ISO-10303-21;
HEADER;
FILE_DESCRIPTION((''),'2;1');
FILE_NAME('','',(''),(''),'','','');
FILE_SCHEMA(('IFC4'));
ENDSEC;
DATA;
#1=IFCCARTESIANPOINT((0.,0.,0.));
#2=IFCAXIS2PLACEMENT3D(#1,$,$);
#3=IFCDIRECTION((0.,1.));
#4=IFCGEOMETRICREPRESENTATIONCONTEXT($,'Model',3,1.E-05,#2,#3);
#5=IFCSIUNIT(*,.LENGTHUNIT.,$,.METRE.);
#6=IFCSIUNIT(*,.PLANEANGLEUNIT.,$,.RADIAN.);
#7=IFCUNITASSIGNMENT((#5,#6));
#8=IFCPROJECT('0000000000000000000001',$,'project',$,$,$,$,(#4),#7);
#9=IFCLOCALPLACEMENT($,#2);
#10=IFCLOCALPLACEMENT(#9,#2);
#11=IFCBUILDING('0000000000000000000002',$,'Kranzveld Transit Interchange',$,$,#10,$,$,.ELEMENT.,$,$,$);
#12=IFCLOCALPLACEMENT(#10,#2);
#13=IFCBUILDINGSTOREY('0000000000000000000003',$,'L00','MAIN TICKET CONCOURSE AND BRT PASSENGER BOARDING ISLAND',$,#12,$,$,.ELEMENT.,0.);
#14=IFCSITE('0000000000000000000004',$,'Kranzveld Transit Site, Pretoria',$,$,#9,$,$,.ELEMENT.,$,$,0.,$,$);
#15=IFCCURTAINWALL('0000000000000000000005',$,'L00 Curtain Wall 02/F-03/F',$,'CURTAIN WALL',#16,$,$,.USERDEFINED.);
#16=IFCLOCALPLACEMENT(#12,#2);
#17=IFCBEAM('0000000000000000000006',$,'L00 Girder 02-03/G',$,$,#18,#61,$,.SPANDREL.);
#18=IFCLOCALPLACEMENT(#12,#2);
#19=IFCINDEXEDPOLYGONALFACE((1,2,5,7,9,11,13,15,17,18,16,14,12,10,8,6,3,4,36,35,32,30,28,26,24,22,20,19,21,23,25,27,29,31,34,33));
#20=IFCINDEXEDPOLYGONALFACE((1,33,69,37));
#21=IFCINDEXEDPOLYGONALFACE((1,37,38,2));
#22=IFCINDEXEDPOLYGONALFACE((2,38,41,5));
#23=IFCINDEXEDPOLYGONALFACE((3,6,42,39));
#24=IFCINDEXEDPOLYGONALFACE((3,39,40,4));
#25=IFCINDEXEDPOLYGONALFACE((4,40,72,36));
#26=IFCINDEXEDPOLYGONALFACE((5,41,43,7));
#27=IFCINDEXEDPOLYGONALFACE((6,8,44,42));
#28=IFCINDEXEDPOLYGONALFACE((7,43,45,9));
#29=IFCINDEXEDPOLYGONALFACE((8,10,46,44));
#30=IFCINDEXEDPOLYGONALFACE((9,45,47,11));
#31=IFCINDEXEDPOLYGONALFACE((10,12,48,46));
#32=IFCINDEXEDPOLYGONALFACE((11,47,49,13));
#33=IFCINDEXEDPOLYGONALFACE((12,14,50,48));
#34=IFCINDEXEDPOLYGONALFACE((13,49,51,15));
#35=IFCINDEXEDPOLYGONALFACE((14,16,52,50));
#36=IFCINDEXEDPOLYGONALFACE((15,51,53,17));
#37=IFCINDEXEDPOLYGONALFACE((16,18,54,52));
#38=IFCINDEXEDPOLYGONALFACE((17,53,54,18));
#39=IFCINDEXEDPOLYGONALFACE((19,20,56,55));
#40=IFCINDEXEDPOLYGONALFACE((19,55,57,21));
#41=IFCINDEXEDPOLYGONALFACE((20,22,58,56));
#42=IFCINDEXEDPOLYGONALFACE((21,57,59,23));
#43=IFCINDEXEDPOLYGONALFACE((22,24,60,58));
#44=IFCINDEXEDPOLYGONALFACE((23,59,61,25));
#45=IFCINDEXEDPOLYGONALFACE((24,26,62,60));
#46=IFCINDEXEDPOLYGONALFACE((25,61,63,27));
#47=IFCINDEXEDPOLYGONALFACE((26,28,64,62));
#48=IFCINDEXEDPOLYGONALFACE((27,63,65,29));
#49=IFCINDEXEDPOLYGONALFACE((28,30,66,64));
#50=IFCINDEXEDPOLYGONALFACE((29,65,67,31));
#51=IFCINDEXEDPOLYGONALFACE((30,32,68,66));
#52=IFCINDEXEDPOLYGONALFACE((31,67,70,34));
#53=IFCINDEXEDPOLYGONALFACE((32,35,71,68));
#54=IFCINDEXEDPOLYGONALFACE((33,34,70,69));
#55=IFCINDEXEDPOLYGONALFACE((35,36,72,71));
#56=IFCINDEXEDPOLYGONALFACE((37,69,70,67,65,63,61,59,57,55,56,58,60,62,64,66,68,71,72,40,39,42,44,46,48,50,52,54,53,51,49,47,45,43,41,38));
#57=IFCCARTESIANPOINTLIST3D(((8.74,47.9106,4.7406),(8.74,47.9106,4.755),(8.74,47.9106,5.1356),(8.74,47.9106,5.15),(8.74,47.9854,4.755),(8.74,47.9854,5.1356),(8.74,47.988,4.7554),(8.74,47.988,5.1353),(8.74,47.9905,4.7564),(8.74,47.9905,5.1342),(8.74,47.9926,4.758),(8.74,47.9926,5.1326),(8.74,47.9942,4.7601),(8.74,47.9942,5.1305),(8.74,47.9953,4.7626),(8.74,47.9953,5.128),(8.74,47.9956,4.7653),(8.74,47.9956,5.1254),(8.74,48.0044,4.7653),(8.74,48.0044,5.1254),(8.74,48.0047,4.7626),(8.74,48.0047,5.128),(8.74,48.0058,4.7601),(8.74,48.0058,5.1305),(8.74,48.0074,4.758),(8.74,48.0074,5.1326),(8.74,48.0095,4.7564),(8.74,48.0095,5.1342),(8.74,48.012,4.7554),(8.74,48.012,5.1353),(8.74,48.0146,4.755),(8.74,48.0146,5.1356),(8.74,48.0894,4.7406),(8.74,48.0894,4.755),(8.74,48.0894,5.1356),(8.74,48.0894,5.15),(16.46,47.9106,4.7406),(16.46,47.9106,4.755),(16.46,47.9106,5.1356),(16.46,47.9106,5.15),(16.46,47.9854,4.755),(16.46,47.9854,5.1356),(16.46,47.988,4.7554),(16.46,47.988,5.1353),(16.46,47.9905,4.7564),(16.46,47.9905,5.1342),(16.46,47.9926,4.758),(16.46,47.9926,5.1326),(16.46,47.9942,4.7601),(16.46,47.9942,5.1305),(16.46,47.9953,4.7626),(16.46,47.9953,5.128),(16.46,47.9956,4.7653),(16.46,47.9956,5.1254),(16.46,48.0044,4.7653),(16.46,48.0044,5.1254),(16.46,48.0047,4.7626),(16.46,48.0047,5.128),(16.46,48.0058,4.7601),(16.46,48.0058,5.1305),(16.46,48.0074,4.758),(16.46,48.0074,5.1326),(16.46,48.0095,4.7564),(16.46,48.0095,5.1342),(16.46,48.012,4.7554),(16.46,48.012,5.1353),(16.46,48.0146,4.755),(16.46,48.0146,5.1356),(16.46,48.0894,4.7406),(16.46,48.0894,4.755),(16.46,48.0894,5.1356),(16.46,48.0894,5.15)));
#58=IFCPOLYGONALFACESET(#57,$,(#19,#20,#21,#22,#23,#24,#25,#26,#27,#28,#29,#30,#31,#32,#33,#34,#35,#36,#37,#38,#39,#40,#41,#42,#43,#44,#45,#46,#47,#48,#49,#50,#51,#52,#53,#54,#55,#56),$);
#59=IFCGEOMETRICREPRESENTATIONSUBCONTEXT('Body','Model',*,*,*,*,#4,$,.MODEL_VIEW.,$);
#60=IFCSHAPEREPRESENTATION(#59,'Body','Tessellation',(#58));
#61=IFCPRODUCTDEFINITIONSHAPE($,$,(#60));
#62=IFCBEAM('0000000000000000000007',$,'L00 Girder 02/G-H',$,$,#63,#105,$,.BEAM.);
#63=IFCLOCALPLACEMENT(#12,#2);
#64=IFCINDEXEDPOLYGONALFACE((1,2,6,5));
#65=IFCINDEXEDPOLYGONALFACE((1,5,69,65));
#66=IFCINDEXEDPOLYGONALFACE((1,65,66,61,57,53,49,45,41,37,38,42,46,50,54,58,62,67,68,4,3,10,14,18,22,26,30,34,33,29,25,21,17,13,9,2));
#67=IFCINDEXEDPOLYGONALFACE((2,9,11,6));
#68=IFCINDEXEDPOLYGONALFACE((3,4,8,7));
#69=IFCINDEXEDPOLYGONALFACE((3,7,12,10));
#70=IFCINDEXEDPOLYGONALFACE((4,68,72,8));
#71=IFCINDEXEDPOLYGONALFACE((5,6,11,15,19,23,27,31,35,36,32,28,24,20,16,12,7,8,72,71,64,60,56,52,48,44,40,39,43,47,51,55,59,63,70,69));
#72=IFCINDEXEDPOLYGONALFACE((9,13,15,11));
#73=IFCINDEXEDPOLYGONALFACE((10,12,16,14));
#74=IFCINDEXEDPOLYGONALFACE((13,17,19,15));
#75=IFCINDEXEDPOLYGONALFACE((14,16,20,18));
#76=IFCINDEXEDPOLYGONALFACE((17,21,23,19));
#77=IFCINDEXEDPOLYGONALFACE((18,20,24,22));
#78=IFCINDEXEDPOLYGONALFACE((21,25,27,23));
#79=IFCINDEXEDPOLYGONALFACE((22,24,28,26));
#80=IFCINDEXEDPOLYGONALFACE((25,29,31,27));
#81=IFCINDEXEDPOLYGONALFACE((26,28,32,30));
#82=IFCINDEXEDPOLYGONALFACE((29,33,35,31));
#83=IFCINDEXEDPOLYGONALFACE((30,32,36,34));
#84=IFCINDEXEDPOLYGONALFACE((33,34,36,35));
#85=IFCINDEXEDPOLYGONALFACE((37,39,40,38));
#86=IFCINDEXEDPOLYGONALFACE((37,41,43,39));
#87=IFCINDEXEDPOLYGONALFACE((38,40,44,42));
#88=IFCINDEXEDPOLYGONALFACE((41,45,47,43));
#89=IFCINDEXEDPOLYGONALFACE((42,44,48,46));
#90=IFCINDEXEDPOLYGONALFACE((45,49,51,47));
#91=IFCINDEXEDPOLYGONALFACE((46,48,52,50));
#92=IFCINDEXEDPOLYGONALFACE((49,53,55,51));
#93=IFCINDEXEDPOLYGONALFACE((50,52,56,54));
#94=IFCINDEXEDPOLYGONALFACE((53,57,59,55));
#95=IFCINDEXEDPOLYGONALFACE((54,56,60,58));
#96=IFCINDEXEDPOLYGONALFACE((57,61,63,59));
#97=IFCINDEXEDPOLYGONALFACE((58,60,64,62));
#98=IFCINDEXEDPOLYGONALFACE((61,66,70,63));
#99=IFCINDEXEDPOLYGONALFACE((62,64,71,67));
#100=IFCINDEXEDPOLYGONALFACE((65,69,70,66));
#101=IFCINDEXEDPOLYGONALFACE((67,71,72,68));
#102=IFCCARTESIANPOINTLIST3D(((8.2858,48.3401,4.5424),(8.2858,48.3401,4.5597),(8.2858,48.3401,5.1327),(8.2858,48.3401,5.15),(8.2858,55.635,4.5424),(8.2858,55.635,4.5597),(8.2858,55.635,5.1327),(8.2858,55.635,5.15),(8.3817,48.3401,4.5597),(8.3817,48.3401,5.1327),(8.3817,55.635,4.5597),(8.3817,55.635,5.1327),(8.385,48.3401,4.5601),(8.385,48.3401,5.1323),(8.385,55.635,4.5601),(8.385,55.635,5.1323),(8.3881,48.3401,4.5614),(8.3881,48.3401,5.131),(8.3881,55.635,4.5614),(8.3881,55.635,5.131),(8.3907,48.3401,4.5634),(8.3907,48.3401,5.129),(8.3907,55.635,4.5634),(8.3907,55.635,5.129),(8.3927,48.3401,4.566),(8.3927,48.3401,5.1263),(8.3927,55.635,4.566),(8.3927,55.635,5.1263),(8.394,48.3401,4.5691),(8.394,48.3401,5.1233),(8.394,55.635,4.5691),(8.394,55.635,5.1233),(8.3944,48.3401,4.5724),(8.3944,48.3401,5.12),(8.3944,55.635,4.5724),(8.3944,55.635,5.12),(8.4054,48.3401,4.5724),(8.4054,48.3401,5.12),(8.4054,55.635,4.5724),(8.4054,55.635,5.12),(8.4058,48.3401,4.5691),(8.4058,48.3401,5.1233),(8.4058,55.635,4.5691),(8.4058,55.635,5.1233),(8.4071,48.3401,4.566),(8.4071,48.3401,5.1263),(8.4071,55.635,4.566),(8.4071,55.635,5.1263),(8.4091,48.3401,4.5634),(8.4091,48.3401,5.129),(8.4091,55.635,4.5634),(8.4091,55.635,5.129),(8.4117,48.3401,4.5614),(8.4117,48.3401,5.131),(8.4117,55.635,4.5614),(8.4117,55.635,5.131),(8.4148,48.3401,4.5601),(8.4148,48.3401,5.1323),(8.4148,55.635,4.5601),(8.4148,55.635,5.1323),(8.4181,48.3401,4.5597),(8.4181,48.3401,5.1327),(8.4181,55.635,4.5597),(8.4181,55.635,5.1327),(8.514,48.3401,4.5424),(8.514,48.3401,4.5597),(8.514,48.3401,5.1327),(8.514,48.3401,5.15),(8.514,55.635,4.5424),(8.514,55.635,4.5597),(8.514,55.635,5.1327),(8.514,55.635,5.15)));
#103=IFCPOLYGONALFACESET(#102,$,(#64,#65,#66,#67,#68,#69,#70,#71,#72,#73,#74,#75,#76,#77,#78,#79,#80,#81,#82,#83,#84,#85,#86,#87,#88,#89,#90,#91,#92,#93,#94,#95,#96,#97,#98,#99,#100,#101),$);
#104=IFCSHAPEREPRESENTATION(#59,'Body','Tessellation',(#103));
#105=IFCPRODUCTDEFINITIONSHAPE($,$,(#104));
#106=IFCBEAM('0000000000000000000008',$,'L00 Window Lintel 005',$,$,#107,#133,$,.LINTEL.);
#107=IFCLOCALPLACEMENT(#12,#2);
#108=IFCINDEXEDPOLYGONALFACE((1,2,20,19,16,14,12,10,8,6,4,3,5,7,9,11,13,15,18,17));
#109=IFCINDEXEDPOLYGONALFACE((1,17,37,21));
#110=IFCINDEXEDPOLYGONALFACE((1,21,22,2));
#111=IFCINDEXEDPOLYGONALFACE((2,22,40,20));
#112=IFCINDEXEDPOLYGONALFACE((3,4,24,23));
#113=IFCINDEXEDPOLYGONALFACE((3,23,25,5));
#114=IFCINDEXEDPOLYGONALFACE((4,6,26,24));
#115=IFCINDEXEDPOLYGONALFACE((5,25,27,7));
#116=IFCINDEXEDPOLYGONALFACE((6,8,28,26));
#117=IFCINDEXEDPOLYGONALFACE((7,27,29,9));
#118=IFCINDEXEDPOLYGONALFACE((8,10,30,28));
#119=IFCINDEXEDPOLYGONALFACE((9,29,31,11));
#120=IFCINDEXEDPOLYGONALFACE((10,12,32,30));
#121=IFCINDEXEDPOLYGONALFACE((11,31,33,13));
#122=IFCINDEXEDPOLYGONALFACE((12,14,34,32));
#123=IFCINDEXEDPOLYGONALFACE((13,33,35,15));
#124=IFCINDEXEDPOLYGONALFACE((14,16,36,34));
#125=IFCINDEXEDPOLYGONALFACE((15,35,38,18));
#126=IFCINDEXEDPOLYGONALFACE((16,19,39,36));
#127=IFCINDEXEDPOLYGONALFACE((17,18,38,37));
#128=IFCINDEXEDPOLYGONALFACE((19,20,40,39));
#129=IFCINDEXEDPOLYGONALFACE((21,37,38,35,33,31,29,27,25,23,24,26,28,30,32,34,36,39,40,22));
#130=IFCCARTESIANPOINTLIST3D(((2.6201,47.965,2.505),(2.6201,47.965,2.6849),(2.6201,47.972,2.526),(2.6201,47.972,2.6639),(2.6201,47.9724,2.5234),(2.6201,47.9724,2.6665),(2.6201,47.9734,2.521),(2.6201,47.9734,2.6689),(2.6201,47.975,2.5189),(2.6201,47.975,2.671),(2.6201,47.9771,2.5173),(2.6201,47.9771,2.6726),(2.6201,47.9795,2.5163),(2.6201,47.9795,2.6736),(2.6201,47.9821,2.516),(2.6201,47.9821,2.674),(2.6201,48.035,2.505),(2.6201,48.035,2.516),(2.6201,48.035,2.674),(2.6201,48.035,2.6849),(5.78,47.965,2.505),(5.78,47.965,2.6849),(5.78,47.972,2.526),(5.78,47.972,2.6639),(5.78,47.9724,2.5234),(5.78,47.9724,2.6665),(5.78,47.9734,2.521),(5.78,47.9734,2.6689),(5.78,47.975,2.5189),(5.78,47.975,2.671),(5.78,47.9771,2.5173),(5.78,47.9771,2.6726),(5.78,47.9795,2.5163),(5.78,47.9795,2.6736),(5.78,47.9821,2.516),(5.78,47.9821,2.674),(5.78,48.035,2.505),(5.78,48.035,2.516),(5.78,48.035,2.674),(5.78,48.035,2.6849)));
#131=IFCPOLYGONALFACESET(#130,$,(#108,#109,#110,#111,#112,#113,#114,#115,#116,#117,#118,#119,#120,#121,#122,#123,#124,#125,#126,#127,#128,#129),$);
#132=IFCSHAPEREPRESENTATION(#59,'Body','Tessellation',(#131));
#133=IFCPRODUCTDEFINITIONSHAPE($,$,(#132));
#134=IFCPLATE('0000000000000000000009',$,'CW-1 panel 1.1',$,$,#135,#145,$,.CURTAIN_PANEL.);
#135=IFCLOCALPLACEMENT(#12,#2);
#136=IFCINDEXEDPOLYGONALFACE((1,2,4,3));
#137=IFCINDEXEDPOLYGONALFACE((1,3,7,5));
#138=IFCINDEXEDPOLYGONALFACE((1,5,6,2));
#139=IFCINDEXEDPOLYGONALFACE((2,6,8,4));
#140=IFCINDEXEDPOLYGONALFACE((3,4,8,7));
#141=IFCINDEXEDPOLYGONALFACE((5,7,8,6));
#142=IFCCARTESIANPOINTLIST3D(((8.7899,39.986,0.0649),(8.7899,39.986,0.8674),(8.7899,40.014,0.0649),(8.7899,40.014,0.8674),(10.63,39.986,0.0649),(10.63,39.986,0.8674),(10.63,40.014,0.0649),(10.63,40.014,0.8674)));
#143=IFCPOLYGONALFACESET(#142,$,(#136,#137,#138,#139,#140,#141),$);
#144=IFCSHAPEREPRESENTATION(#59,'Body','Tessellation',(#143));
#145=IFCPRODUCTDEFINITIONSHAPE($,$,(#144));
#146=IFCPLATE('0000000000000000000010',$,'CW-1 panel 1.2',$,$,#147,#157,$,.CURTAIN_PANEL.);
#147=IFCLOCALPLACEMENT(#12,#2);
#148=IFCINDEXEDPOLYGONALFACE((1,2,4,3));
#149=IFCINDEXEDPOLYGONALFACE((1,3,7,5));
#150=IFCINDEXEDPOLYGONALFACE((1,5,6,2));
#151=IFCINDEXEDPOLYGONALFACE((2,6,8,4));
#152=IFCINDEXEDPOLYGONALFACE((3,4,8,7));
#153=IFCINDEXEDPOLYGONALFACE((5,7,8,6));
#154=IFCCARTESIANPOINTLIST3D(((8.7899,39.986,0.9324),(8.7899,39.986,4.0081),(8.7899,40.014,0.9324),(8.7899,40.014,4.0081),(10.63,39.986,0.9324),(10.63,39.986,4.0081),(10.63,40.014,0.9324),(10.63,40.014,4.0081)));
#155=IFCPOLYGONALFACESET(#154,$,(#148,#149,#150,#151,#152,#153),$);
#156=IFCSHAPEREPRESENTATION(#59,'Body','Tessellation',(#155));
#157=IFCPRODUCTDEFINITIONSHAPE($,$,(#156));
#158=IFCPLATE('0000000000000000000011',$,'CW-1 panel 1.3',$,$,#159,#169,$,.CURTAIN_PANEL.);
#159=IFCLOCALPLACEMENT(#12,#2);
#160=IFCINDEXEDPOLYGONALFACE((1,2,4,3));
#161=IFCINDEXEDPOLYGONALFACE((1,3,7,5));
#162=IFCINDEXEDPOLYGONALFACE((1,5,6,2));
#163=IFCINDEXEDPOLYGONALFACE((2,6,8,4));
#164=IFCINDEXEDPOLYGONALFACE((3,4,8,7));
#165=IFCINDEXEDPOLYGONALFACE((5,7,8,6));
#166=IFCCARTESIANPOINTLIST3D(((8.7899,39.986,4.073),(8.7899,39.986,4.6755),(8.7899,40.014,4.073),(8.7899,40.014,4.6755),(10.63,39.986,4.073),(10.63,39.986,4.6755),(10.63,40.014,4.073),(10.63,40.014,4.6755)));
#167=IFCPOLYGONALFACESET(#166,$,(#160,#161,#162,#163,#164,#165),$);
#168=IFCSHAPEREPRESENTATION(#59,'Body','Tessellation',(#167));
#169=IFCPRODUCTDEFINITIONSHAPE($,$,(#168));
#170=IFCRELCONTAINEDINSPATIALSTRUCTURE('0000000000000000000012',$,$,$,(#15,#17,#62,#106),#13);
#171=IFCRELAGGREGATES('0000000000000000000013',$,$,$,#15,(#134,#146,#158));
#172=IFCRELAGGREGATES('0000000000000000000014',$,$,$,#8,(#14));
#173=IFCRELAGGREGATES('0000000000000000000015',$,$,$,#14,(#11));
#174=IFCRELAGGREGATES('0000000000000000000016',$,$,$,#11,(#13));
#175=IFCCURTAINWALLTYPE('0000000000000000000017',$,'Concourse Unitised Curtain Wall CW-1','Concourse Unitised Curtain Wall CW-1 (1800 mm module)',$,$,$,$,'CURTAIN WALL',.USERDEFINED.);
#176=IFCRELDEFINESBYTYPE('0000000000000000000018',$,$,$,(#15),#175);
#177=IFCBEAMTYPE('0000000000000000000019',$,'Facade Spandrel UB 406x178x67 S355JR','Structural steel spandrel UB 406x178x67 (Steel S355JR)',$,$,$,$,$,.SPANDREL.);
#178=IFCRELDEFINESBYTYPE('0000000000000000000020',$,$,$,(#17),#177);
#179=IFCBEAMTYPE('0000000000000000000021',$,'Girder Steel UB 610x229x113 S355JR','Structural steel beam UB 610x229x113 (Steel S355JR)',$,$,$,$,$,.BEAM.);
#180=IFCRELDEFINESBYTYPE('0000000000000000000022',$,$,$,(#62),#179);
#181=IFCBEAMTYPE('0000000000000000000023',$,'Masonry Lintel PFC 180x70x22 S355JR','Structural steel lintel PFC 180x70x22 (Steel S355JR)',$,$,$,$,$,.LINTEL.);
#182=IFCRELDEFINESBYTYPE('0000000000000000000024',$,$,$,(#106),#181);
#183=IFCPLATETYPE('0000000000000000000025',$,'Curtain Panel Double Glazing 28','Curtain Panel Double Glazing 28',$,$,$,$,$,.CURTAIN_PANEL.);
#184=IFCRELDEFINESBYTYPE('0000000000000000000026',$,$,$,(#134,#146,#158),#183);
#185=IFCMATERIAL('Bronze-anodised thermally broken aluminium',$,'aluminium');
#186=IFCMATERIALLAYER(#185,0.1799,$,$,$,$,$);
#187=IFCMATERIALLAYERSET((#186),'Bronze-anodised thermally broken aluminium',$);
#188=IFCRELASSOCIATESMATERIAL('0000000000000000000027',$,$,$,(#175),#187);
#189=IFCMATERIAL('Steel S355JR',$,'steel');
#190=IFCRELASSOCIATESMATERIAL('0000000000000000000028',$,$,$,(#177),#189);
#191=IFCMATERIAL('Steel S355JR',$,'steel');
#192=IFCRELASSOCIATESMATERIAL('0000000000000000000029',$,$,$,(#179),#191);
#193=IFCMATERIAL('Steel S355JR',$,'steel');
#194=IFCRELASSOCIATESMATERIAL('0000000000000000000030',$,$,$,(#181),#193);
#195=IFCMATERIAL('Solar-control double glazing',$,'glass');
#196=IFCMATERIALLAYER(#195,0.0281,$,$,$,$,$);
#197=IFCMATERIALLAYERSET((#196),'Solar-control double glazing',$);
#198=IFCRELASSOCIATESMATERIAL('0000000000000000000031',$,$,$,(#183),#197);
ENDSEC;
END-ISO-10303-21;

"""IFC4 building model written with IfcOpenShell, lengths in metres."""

from ifc_helpers import new_model, si_unit, direction, frame, origin, origin_2d, place, context, subcontext, project, spatial, rectangle, i_section, u_section, extrude, material, layer, layer_set, material_profile, profile_set, type_object, element, aggregate, save


model = new_model("IFC4")

# Units and contexts
model_context = context("Model", 3, precision=1e-05, world=origin(), true_north=direction((0.0, 1.0)))
body_context = subcontext(model_context, "Body", "Model", "MODEL_VIEW")
ifc_project = project(units=[si_unit("LENGTHUNIT", "METRE"), si_unit("PLANEANGLEUNIT", "RADIAN")], contexts=[model_context])

# Site, building, storey
site_placement = place(None, origin())
site = spatial("IfcSite", under=ifc_project, at=site_placement, Name="Kranzveld Transit Site, Pretoria", CompositionType="ELEMENT", RefElevation=0.0)
building_placement = place(site_placement, origin())
building = spatial("IfcBuilding", under=site, at=building_placement, Name="Kranzveld Transit Interchange", CompositionType="ELEMENT")
storey_placement = place(building_placement, origin())
storey = spatial("IfcBuildingStorey", under=building, at=storey_placement, Name="L00", Description="MAIN TICKET CONCOURSE AND BRT PASSENGER BOARDING ISLAND", CompositionType="ELEMENT", Elevation=0.0)

# Curtain wall
ifc_material_1 = material(Name="Bronze-anodised thermally broken aluminium", Category="aluminium")
ifc_layer_1 = layer(ifc_material_1, 0.1799)
ifc_layer_set_1 = layer_set([ifc_layer_1], Name="Bronze-anodised thermally broken aluminium")
curtain_wall_type = type_object("IfcCurtainWallType", Name="Concourse Unitised Curtain Wall CW-1", Description="Concourse Unitised Curtain Wall CW-1 (1800 mm module)", ElementType="CURTAIN WALL", PredefinedType="USERDEFINED", material=ifc_layer_set_1)
curtain_wall_placement = place(storey_placement, origin())
curtain_wall = element("IfcCurtainWall", 1, at=curtain_wall_placement, inside=storey, type_object=curtain_wall_type, Name="L00 Curtain Wall 02/F-03/F", ObjectType="CURTAIN WALL", PredefinedType="USERDEFINED")

# Beams
ifc_material_2 = material(Name="Steel S355JR", Category="steel")
ifc_material_profile_1 = material_profile(ifc_material_2, i_section(OverallWidth=0.1787, OverallDepth=0.4094, WebThickness=0.0088, FlangeThickness=0.0144, FilletRadius=0.0103, at=origin_2d()), Name="UB 406x178x67")
ifc_profile_set_1 = profile_set([ifc_material_profile_1], Name="Steel S355JR")
beam_type_1 = type_object("IfcBeamType", Name="Facade Spandrel UB 406x178x67 S355JR", Description="Structural steel spandrel UB 406x178x67 (Steel S355JR)", PredefinedType="SPANDREL", material=ifc_profile_set_1)
for number, where, z_axis, x_axis, name in (
    (2, (8.74, 48.0, 4.9453), (1.0, 0.0, 0.0), (0.0, 1.0, 0.0), "L00 Girder 02-03/G"),
):
    element("IfcBeam", number, at=place(storey_placement, frame(where, z_axis=z_axis, x_axis=x_axis)), inside=storey, type_object=beam_type_1, Name=name, PredefinedType="SPANDREL", context=body_context, shape_type="SweptSolid", body=[
        extrude(i_section(OverallWidth=0.1787, OverallDepth=0.4094, WebThickness=0.0088, FlangeThickness=0.0144, FilletRadius=0.0103, at=origin_2d()), origin(), (0.0, 0.0, 1.0), 7.72),
    ])
ifc_material_3 = material(Name="Steel S355JR", Category="steel")
ifc_material_profile_2 = material_profile(ifc_material_3, i_section(OverallWidth=0.2283, OverallDepth=0.6077, WebThickness=0.011, FlangeThickness=0.0173, FilletRadius=0.0127, at=origin_2d()), Name="UB 610x229x113")
ifc_profile_set_2 = profile_set([ifc_material_profile_2], Name="Steel S355JR")
beam_type_2 = type_object("IfcBeamType", Name="Girder Steel UB 610x229x113 S355JR", Description="Structural steel beam UB 610x229x113 (Steel S355JR)", PredefinedType="BEAM", material=ifc_profile_set_2)
beam_1_placement = place(storey_placement, frame((8.3999, 48.3401, 4.8462), z_axis=(0.0, 1.0, 0.0), x_axis=(-1.0, 0.0, 0.0)))
element("IfcBeam", 3, at=beam_1_placement, inside=storey, type_object=beam_type_2, Name="L00 Girder 02/G-H", PredefinedType="BEAM", context=body_context, shape_type="SweptSolid", body=[
    extrude(i_section(OverallWidth=0.2283, OverallDepth=0.6077, WebThickness=0.011, FlangeThickness=0.0173, FilletRadius=0.0127, at=origin_2d()), origin(), (0.0, 0.0, 1.0), 7.2949),
])
ifc_material_4 = material(Name="Steel S355JR", Category="steel")
ifc_material_profile_3 = material_profile(ifc_material_4, u_section(Depth=0.1799, FlangeWidth=0.0701, WebThickness=0.0071, FlangeThickness=0.011, FilletRadius=0.01, at=origin_2d()), Name="PFC 180x70x22")
ifc_profile_set_3 = profile_set([ifc_material_profile_3], Name="Steel S355JR")
beam_type_3 = type_object("IfcBeamType", Name="Masonry Lintel PFC 180x70x22 S355JR", Description="Structural steel lintel PFC 180x70x22 (Steel S355JR)", PredefinedType="LINTEL", material=ifc_profile_set_3)
beam_2_placement = place(storey_placement, frame((2.6201, 48.0, 2.595), z_axis=(1.0, 0.0, 0.0), x_axis=(0.0, 1.0, 0.0)))
element("IfcBeam", 4, at=beam_2_placement, inside=storey, type_object=beam_type_3, Name="L00 Window Lintel 005", PredefinedType="LINTEL", context=body_context, shape_type="SweptSolid", body=[
    extrude(u_section(Depth=0.1799, FlangeWidth=0.0701, WebThickness=0.0071, FlangeThickness=0.011, FilletRadius=0.01, at=origin_2d()), origin(), (0.0, 0.0, 1.0), 3.1599),
])

# Plates
ifc_material_5 = material(Name="Solar-control double glazing", Category="glass")
ifc_layer_2 = layer(ifc_material_5, 0.0281)
ifc_layer_set_2 = layer_set([ifc_layer_2], Name="Solar-control double glazing")
plate_type = type_object("IfcPlateType", Name="Curtain Panel Double Glazing 28", Description="Curtain Panel Double Glazing 28", PredefinedType="CURTAIN_PANEL", material=ifc_layer_set_2)
plate_1_placement = place(storey_placement, frame((9.71, 40.0, 0.0649), z_axis=(0.0, 0.0, 1.0), x_axis=(1.0, 0.0, 0.0)))
plate_1 = element("IfcPlate", 5, at=plate_1_placement, type_object=plate_type, Name="CW-1 panel 1.1", PredefinedType="CURTAIN_PANEL", context=body_context, shape_type="SweptSolid", body=[
    extrude(rectangle(XDim=1.8401, YDim=0.0281, at=origin_2d()), origin(), (0.0, 0.0, 1.0), 0.8025),
])
plate_2_placement = place(storey_placement, frame((9.71, 40.0, 0.9324), z_axis=(0.0, 0.0, 1.0), x_axis=(1.0, 0.0, 0.0)))
plate_2 = element("IfcPlate", 6, at=plate_2_placement, type_object=plate_type, Name="CW-1 panel 1.2", PredefinedType="CURTAIN_PANEL", context=body_context, shape_type="SweptSolid", body=[
    extrude(rectangle(XDim=1.8401, YDim=0.0281, at=origin_2d()), origin(), (0.0, 0.0, 1.0), 3.0757),
])
plate_3_placement = place(storey_placement, frame((9.71, 40.0, 4.073), z_axis=(0.0, 0.0, 1.0), x_axis=(1.0, 0.0, 0.0)))
plate_3 = element("IfcPlate", 7, at=plate_3_placement, type_object=plate_type, Name="CW-1 panel 1.3", PredefinedType="CURTAIN_PANEL", context=body_context, shape_type="SweptSolid", body=[
    extrude(rectangle(XDim=1.8401, YDim=0.0281, at=origin_2d()), origin(), (0.0, 0.0, 1.0), 0.6025),
])
aggregate(curtain_wall, [plate_1, plate_2, plate_3])

save(model, "model.ifc")
